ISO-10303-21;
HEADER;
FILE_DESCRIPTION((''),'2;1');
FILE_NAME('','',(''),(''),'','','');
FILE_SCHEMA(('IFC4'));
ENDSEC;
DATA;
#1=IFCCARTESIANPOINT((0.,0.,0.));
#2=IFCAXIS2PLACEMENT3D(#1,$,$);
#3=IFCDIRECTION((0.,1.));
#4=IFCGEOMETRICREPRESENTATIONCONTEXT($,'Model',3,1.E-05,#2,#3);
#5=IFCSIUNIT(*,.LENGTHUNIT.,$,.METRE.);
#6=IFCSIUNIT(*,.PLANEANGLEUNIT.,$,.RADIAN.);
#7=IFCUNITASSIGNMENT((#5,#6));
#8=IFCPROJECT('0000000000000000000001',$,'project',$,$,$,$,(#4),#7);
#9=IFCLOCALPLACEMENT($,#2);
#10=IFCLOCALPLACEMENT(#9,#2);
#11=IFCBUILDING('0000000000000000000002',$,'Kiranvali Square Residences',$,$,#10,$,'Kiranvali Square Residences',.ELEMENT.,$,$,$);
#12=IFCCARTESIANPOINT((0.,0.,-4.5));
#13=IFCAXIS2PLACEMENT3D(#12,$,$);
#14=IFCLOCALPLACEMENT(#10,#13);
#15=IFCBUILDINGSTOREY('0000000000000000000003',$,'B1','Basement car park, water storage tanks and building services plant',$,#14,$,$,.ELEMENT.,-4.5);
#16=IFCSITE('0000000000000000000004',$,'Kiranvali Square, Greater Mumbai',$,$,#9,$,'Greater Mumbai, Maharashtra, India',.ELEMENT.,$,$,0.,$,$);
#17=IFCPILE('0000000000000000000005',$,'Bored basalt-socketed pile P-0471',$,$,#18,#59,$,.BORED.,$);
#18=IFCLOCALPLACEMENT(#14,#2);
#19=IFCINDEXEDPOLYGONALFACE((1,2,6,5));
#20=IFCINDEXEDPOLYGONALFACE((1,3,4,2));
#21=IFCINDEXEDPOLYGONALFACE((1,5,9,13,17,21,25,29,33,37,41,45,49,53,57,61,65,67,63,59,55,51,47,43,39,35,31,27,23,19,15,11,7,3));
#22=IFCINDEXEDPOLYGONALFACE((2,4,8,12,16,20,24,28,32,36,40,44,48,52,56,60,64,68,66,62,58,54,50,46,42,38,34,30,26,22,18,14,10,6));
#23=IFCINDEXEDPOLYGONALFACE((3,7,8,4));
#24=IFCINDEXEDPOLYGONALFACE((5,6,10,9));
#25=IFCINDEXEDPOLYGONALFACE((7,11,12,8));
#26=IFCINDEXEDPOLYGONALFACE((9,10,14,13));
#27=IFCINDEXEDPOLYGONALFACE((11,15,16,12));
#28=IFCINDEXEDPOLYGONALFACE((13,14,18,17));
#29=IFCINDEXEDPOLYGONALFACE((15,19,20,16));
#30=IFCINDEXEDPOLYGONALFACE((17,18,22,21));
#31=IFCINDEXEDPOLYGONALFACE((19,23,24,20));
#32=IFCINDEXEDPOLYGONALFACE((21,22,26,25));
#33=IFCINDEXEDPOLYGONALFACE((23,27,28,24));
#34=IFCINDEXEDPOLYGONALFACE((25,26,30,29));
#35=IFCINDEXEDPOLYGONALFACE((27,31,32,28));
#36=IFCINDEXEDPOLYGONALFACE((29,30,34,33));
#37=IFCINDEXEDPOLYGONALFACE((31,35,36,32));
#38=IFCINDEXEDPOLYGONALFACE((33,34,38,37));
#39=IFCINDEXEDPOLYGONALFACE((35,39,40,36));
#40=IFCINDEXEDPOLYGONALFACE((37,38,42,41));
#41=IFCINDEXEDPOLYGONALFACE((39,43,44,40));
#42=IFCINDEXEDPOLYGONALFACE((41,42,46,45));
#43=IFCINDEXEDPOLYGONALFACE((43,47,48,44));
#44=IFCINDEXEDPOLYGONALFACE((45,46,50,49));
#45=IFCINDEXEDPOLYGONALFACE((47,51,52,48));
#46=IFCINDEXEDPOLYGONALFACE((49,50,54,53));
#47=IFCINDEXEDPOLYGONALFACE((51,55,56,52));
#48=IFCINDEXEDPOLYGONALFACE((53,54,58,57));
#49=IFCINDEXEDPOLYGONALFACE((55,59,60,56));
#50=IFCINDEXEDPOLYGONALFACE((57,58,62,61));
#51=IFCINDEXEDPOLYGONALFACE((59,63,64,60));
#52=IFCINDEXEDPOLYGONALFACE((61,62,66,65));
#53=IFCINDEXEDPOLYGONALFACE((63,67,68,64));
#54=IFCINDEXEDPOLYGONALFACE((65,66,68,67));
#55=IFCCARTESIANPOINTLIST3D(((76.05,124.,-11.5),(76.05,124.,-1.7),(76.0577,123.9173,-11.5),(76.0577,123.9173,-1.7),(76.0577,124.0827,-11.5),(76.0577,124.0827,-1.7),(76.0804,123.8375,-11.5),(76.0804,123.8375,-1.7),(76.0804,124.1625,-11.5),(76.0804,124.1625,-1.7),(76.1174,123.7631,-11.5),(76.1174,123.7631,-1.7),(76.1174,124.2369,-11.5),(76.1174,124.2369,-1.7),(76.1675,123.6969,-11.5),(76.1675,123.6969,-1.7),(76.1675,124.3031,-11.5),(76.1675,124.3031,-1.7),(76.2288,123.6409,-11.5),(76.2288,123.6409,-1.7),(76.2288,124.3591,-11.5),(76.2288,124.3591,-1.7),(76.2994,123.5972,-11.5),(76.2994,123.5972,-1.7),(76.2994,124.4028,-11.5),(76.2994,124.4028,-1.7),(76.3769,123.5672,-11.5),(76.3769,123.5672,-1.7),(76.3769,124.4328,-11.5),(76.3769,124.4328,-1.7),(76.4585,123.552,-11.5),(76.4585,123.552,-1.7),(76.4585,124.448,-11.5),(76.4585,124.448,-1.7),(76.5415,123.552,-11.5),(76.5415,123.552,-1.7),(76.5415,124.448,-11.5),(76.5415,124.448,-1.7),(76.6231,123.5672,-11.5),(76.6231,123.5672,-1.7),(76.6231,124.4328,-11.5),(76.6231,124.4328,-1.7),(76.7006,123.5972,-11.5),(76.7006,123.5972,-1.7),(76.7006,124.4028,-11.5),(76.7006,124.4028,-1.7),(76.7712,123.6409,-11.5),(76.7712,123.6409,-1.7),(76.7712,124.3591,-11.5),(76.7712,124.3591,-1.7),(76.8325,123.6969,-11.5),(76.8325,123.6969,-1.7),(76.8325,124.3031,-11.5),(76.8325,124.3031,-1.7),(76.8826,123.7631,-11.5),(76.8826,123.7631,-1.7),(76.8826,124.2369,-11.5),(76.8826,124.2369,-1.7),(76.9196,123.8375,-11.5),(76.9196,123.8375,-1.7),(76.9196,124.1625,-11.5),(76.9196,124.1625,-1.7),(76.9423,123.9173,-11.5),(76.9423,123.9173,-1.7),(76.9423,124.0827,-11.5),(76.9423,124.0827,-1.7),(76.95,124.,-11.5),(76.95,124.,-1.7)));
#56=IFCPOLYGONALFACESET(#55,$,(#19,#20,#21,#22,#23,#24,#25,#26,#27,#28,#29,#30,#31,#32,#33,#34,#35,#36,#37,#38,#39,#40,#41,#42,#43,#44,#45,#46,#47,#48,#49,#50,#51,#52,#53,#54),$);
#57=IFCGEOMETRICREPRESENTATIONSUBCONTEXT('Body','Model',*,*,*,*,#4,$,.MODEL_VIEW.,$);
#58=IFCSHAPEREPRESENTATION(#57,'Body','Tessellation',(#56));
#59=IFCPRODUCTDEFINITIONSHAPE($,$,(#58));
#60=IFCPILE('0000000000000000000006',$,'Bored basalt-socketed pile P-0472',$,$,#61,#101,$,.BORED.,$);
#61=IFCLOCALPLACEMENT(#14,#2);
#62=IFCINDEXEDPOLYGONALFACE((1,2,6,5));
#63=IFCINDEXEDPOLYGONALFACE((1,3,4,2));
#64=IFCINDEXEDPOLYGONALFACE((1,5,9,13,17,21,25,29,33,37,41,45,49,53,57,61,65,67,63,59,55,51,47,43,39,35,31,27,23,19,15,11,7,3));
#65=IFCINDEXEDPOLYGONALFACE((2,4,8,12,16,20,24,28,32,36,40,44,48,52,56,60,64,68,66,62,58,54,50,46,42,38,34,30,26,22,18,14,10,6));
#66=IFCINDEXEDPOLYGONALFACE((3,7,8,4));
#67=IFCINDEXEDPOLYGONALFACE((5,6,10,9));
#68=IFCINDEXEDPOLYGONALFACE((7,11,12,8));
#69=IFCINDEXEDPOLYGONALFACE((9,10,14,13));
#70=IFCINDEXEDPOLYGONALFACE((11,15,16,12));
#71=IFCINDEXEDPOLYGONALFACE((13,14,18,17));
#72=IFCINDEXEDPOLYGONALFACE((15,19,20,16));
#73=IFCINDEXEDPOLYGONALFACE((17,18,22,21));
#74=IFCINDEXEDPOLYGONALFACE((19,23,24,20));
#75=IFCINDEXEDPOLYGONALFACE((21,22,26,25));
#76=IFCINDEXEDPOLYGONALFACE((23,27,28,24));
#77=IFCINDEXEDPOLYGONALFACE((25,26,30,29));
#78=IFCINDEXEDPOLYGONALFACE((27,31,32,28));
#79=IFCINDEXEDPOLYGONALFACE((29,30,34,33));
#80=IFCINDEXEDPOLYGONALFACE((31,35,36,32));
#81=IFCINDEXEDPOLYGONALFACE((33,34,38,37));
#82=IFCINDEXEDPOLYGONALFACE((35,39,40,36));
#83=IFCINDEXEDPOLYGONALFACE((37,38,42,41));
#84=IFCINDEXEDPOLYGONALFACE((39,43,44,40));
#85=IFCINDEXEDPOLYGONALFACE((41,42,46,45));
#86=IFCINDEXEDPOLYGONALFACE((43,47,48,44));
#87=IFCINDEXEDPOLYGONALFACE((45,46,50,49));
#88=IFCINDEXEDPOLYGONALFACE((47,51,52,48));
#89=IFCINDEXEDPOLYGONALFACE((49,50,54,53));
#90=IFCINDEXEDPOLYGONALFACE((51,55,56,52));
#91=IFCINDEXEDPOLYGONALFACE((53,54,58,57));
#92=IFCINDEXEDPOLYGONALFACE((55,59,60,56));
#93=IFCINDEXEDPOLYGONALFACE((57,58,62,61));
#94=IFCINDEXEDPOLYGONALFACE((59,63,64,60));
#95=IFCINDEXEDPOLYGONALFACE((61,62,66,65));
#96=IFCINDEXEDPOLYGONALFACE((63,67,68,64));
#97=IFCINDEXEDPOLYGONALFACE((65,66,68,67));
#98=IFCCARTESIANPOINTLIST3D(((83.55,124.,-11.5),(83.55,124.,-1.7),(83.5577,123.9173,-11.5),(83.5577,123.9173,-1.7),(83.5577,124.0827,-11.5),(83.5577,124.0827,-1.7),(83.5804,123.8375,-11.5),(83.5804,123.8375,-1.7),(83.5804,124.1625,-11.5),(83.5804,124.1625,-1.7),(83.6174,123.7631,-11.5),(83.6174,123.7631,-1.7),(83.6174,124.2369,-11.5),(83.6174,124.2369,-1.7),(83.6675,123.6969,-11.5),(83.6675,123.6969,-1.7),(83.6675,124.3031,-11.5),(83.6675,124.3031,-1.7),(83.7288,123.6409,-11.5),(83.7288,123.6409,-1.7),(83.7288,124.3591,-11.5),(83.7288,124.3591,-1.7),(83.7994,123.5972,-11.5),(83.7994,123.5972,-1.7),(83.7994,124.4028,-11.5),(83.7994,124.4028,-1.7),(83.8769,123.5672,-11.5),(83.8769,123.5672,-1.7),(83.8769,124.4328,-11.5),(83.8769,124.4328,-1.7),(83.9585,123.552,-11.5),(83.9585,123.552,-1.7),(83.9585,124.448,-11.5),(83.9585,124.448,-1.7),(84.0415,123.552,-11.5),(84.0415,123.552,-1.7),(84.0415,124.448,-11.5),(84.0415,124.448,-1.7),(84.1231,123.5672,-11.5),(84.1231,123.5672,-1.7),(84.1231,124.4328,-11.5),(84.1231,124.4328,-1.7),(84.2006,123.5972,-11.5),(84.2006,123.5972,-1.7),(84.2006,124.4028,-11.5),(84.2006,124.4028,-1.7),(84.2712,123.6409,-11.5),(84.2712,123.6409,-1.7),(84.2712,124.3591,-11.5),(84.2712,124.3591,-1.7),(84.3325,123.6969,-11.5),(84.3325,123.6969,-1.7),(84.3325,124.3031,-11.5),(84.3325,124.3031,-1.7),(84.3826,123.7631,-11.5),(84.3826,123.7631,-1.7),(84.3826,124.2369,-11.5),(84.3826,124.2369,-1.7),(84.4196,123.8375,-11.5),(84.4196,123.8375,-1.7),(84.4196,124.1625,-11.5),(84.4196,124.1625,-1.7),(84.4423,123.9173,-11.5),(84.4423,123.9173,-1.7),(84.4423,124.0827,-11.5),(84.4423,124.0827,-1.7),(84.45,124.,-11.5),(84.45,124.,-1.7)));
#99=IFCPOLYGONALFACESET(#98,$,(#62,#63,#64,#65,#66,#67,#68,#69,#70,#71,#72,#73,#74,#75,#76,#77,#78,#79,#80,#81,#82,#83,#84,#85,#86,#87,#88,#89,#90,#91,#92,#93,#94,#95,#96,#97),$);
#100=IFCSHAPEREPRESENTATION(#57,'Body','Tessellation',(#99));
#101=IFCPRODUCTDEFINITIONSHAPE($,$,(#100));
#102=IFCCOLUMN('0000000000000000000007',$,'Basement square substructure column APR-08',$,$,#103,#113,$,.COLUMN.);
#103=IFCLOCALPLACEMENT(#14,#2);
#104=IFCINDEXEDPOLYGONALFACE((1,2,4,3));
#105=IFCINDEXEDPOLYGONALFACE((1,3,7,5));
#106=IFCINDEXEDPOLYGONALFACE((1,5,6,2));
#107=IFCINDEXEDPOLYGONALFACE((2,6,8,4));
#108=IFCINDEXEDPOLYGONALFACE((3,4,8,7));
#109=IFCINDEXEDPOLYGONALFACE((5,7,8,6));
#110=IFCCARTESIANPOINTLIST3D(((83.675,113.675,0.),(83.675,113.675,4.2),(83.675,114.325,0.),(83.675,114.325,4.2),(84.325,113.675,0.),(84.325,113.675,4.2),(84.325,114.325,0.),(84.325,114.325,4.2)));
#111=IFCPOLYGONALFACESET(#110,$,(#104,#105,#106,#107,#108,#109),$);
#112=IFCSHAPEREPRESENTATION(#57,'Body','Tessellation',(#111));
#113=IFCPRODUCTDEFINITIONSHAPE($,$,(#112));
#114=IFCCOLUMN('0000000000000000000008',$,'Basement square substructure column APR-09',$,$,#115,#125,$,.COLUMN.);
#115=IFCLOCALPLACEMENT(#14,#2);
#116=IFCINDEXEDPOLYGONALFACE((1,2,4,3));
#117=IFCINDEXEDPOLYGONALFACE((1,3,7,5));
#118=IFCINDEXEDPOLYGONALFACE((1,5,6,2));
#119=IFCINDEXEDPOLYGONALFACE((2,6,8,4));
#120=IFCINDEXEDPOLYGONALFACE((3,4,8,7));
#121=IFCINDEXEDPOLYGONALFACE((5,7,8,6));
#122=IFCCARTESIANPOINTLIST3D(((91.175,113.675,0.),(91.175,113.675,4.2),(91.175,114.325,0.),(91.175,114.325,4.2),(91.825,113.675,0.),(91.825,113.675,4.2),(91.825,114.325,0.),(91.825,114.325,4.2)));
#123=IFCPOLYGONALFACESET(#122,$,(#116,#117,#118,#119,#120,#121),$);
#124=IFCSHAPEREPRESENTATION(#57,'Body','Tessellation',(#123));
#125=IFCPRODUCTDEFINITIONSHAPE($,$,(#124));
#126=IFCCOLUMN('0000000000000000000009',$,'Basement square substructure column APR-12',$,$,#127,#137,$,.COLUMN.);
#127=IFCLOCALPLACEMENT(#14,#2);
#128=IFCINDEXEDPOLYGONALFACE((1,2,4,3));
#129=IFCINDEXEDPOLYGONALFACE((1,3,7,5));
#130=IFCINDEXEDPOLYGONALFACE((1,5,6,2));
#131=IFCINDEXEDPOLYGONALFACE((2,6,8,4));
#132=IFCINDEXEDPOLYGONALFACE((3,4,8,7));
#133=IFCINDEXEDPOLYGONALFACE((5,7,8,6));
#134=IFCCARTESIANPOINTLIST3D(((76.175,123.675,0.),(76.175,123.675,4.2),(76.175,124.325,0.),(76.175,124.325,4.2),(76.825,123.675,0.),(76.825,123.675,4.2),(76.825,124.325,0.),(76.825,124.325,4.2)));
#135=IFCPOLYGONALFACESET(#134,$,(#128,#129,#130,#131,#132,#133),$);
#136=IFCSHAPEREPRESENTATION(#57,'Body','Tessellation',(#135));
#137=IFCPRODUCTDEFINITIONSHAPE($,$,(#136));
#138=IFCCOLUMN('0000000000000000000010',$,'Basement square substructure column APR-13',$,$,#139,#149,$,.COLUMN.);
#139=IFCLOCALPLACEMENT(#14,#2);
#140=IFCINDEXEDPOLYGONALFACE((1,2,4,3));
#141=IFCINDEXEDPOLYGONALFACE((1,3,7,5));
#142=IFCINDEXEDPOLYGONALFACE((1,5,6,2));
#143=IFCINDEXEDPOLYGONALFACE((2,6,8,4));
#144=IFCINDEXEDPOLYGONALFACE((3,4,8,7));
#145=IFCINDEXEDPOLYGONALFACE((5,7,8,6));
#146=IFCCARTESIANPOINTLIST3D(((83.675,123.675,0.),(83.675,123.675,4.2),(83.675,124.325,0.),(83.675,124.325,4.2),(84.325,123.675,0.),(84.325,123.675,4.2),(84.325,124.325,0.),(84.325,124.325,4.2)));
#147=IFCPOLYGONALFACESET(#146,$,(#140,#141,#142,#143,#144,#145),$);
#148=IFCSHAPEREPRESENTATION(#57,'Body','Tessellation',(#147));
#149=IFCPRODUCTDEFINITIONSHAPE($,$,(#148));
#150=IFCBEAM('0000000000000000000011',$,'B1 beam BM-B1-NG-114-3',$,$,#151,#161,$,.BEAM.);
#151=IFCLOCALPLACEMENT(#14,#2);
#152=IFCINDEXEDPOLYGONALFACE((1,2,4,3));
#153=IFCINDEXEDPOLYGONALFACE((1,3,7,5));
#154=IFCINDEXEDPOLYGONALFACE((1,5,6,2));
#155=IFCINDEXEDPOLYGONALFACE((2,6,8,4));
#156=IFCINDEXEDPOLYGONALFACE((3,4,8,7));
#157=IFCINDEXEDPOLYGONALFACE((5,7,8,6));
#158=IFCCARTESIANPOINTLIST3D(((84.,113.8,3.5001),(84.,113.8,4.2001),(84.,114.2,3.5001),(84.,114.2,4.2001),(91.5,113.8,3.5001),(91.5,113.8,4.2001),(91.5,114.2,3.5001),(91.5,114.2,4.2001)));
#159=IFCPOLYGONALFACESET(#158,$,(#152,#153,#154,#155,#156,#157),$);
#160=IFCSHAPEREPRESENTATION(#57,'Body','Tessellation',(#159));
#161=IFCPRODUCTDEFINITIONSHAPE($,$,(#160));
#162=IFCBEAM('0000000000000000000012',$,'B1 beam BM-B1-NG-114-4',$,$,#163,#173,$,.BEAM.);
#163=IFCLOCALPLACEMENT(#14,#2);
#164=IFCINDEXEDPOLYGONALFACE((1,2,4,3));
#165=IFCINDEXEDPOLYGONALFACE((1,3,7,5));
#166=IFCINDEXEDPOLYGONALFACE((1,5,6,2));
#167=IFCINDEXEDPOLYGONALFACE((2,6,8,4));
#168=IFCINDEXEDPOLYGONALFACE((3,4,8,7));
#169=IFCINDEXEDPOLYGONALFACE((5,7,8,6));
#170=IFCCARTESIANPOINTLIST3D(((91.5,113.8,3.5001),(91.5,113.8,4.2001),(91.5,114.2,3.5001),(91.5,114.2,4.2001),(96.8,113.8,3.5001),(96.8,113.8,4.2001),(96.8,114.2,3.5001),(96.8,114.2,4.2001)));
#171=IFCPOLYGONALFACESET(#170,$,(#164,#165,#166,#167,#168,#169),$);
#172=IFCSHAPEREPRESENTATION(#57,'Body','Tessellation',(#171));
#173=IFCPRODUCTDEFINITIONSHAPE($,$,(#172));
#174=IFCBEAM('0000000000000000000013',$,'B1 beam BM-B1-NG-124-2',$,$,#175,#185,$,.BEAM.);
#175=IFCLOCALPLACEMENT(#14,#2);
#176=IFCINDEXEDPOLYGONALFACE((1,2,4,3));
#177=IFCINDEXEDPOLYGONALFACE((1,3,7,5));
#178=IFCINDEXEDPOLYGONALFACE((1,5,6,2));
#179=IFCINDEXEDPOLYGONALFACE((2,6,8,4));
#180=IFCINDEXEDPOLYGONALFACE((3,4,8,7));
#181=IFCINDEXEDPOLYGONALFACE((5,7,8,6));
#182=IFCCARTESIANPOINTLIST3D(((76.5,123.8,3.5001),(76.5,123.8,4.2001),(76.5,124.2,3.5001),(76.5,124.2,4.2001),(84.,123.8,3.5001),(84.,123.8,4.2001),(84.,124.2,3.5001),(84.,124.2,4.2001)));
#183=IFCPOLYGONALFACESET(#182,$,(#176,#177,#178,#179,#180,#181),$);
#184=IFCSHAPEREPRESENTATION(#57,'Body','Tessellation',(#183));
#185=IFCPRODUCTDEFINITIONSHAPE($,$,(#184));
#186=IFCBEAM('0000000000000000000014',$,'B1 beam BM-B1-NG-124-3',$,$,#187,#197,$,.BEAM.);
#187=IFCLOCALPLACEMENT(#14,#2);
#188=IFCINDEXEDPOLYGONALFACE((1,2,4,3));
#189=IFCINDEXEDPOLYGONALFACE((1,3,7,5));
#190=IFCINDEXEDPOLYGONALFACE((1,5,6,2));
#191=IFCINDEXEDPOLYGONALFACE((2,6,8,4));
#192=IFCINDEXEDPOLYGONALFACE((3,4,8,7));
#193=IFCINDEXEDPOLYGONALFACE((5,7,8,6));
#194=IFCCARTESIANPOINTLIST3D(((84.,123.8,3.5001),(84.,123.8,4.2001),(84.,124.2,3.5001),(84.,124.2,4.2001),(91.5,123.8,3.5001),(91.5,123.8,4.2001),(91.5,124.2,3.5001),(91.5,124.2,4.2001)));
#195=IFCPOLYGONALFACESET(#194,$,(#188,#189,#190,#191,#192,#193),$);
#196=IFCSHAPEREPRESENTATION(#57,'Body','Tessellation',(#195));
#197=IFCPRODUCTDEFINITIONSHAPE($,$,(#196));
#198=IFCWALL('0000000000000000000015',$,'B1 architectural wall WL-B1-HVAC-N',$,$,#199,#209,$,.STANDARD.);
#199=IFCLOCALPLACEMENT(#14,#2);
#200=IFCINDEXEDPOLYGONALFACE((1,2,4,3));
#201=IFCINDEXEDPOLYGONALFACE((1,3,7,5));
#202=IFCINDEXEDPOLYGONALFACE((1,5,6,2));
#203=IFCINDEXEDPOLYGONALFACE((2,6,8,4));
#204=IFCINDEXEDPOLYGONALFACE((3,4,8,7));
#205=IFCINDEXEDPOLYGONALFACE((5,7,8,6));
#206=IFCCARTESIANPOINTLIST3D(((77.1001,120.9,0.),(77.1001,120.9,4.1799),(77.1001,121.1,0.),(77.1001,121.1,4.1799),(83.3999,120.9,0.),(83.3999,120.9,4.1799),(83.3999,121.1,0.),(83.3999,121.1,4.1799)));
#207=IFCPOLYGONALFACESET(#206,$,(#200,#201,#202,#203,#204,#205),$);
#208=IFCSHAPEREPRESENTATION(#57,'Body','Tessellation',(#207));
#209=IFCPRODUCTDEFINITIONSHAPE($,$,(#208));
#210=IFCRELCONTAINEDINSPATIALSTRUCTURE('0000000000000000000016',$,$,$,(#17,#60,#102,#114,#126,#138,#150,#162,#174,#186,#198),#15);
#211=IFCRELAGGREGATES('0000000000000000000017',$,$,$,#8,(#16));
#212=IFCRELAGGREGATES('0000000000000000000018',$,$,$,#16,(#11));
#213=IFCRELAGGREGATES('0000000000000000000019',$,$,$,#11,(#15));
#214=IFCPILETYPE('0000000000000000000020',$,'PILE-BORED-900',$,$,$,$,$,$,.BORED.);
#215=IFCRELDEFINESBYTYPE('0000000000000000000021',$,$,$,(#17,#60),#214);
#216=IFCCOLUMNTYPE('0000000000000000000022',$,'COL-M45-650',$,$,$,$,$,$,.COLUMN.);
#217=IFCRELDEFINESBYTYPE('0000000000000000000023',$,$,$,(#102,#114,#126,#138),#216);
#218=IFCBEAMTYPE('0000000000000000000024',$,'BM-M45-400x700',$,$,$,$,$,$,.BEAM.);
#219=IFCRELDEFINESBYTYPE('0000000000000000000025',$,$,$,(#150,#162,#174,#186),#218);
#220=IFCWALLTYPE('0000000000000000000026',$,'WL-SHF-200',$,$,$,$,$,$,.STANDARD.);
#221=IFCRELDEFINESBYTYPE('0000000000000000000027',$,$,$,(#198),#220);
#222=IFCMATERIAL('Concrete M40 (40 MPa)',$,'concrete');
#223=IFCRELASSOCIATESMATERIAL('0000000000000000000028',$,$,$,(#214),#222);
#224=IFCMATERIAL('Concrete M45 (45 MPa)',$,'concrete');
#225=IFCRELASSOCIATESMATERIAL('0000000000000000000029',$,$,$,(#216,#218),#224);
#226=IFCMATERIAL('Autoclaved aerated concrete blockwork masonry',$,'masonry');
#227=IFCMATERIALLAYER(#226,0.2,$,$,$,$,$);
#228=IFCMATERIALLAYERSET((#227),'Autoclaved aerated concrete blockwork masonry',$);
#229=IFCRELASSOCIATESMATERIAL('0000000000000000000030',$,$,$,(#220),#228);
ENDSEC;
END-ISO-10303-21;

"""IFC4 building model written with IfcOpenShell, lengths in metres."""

from ifc_helpers import new_model, si_unit, direction, frame, frame_2d, origin, origin_2d, place, context, subcontext, project, spatial, rectangle, circle, extrude, material, layer, layer_set, material_profile, profile_set, type_object, element, save


model = new_model("IFC4")

# Units and contexts
model_context = context("Model", 3, precision=1e-05, world=origin(), true_north=direction((0.0, 1.0)))
body_context = subcontext(model_context, "Body", "Model", "MODEL_VIEW")
ifc_project = project(units=[si_unit("LENGTHUNIT", "METRE"), si_unit("PLANEANGLEUNIT", "RADIAN")], contexts=[model_context])

# Site, building, storey
site_placement = place(None, origin())
site = spatial("IfcSite", under=ifc_project, at=site_placement, Name="Kiranvali Square, Greater Mumbai", LongName="Greater Mumbai, Maharashtra, India", CompositionType="ELEMENT", RefElevation=0.0)
building_placement = place(site_placement, origin())
building = spatial("IfcBuilding", under=site, at=building_placement, Name="Kiranvali Square Residences", LongName="Kiranvali Square Residences", CompositionType="ELEMENT")
storey_placement = place(building_placement, frame((0.0, 0.0, -4.5)))
storey = spatial("IfcBuildingStorey", under=building, at=storey_placement, Name="B1", Description="Basement car park, water storage tanks and building services plant", CompositionType="ELEMENT", Elevation=-4.5)

# Shared definitions
ifc_material_1 = material(Name="Concrete M40 (40 MPa)", Category="concrete")

# Piles
ifc_material_profile_1 = material_profile(ifc_material_1, circle(Radius=0.45, at=origin_2d()), Name="BORED PILE 900")
ifc_profile_set_1 = profile_set([ifc_material_profile_1], Name="Concrete M40 (40 MPa)")
pile_type = type_object("IfcPileType", Name="PILE-BORED-900", PredefinedType="BORED", material=ifc_profile_set_1)
for number, where, z_axis, x_axis, name in (
    (1, (76.5, 124.0, -1.7), (0.0, 0.0, -1.0), (1.0, 0.0, 0.0), "Bored basalt-socketed pile P-0471"),
    (2, (84.0, 124.0, -1.7), (0.0, 0.0, -1.0), (1.0, 0.0, 0.0), "Bored basalt-socketed pile P-0472"),
):
    element("IfcPile", number, at=place(storey_placement, frame(where, z_axis=z_axis, x_axis=x_axis)), inside=storey, type_object=pile_type, Name=name, PredefinedType="BORED", context=body_context, shape_type="SweptSolid", body=[
        extrude(circle(Radius=0.45, at=origin_2d()), origin(), (0.0, 0.0, 1.0), 9.8),
    ])

# Columns
ifc_material_2 = material(Name="Concrete M45 (45 MPa)", Category="concrete")
ifc_material_profile_2 = material_profile(ifc_material_2, rectangle(XDim=0.6499, YDim=0.6499, at=origin_2d()), Name="RC 650x650")
ifc_profile_set_2 = profile_set([ifc_material_profile_2], Name="Concrete M45 (45 MPa)")
column_type = type_object("IfcColumnType", Name="COL-M45-650", PredefinedType="COLUMN", material=ifc_profile_set_2)
for number, where, z_axis, x_axis, name in (
    (3, (84.0, 114.0, 0.0), (0.0, 0.0, 1.0), (1.0, 0.0, 0.0), "Basement square substructure column APR-08"),
    (4, (91.5, 114.0, 0.0), (0.0, 0.0, 1.0), (1.0, 0.0, 0.0), "Basement square substructure column APR-09"),
    (5, (76.5, 124.0, 0.0), (0.0, 0.0, 1.0), (1.0, 0.0, 0.0), "Basement square substructure column APR-12"),
    (6, (84.0, 124.0, 0.0), (0.0, 0.0, 1.0), (1.0, 0.0, 0.0), "Basement square substructure column APR-13"),
):
    element("IfcColumn", number, at=place(storey_placement, frame(where, z_axis=z_axis, x_axis=x_axis)), inside=storey, type_object=column_type, Name=name, PredefinedType="COLUMN", context=body_context, shape_type="SweptSolid", body=[
        extrude(rectangle(XDim=0.6499, YDim=0.6499, at=origin_2d()), origin(), (0.0, 0.0, 1.0), 4.2),
    ])

# Beams
ifc_material_profile_3 = material_profile(ifc_material_2, rectangle(XDim=0.3999, YDim=0.7, at=origin_2d()), Name="RC 400x700")
ifc_profile_set_3 = profile_set([ifc_material_profile_3], Name="Concrete M45 (45 MPa)")
beam_type = type_object("IfcBeamType", Name="BM-M45-400x700", PredefinedType="BEAM", material=ifc_profile_set_3)
beam_1_placement = place(storey_placement, frame((84.0, 114.0, 3.8501), z_axis=(1.0, 0.0, 0.0), x_axis=(0.0, 1.0, 0.0)))
element("IfcBeam", 7, at=beam_1_placement, inside=storey, type_object=beam_type, Name="B1 beam BM-B1-NG-114-3", PredefinedType="BEAM", context=body_context, shape_type="SweptSolid", body=[
    extrude(rectangle(XDim=0.3999, YDim=0.7, at=origin_2d()), origin(), (0.0, 0.0, 1.0), 7.5),
])
beam_2_placement = place(storey_placement, frame((91.5, 114.0, 3.8501), z_axis=(1.0, 0.0, 0.0), x_axis=(0.0, 1.0, 0.0)))
element("IfcBeam", 8, at=beam_2_placement, inside=storey, type_object=beam_type, Name="B1 beam BM-B1-NG-114-4", PredefinedType="BEAM", context=body_context, shape_type="SweptSolid", body=[
    extrude(rectangle(XDim=0.3999, YDim=0.7, at=origin_2d()), origin(), (0.0, 0.0, 1.0), 5.3),
])
for number, where, z_axis, x_axis, name in (
    (9, (76.5, 124.0, 3.8501), (1.0, 0.0, 0.0), (0.0, 1.0, 0.0), "B1 beam BM-B1-NG-124-2"),
    (10, (84.0, 124.0, 3.8501), (1.0, 0.0, 0.0), (0.0, 1.0, 0.0), "B1 beam BM-B1-NG-124-3"),
):
    element("IfcBeam", number, at=place(storey_placement, frame(where, z_axis=z_axis, x_axis=x_axis)), inside=storey, type_object=beam_type, Name=name, PredefinedType="BEAM", context=body_context, shape_type="SweptSolid", body=[
        extrude(rectangle(XDim=0.3999, YDim=0.7, at=origin_2d()), origin(), (0.0, 0.0, 1.0), 7.5),
    ])

# Wall
ifc_material_3 = material(Name="Autoclaved aerated concrete blockwork masonry", Category="masonry")
ifc_layer = layer(ifc_material_3, 0.2)
ifc_layer_set = layer_set([ifc_layer], Name="Autoclaved aerated concrete blockwork masonry")
wall_type = type_object("IfcWallType", Name="WL-SHF-200", PredefinedType="STANDARD", material=ifc_layer_set)
wall_1_placement = place(storey_placement, frame((83.3999, 121.0, 0.0), z_axis=(0.0, 0.0, 1.0), x_axis=(-1.0, 0.0, 0.0)))
element("IfcWall", 11, at=wall_1_placement, inside=storey, type_object=wall_type, Name="B1 architectural wall WL-B1-HVAC-N", PredefinedType="STANDARD", context=body_context, shape_type="SweptSolid", body=[
    extrude(rectangle(XDim=6.2998, YDim=0.2, at=frame_2d((3.1499, 0.0))), origin(), (0.0, 0.0, 1.0), 4.1799),
])

save(model, "model.ifc")
